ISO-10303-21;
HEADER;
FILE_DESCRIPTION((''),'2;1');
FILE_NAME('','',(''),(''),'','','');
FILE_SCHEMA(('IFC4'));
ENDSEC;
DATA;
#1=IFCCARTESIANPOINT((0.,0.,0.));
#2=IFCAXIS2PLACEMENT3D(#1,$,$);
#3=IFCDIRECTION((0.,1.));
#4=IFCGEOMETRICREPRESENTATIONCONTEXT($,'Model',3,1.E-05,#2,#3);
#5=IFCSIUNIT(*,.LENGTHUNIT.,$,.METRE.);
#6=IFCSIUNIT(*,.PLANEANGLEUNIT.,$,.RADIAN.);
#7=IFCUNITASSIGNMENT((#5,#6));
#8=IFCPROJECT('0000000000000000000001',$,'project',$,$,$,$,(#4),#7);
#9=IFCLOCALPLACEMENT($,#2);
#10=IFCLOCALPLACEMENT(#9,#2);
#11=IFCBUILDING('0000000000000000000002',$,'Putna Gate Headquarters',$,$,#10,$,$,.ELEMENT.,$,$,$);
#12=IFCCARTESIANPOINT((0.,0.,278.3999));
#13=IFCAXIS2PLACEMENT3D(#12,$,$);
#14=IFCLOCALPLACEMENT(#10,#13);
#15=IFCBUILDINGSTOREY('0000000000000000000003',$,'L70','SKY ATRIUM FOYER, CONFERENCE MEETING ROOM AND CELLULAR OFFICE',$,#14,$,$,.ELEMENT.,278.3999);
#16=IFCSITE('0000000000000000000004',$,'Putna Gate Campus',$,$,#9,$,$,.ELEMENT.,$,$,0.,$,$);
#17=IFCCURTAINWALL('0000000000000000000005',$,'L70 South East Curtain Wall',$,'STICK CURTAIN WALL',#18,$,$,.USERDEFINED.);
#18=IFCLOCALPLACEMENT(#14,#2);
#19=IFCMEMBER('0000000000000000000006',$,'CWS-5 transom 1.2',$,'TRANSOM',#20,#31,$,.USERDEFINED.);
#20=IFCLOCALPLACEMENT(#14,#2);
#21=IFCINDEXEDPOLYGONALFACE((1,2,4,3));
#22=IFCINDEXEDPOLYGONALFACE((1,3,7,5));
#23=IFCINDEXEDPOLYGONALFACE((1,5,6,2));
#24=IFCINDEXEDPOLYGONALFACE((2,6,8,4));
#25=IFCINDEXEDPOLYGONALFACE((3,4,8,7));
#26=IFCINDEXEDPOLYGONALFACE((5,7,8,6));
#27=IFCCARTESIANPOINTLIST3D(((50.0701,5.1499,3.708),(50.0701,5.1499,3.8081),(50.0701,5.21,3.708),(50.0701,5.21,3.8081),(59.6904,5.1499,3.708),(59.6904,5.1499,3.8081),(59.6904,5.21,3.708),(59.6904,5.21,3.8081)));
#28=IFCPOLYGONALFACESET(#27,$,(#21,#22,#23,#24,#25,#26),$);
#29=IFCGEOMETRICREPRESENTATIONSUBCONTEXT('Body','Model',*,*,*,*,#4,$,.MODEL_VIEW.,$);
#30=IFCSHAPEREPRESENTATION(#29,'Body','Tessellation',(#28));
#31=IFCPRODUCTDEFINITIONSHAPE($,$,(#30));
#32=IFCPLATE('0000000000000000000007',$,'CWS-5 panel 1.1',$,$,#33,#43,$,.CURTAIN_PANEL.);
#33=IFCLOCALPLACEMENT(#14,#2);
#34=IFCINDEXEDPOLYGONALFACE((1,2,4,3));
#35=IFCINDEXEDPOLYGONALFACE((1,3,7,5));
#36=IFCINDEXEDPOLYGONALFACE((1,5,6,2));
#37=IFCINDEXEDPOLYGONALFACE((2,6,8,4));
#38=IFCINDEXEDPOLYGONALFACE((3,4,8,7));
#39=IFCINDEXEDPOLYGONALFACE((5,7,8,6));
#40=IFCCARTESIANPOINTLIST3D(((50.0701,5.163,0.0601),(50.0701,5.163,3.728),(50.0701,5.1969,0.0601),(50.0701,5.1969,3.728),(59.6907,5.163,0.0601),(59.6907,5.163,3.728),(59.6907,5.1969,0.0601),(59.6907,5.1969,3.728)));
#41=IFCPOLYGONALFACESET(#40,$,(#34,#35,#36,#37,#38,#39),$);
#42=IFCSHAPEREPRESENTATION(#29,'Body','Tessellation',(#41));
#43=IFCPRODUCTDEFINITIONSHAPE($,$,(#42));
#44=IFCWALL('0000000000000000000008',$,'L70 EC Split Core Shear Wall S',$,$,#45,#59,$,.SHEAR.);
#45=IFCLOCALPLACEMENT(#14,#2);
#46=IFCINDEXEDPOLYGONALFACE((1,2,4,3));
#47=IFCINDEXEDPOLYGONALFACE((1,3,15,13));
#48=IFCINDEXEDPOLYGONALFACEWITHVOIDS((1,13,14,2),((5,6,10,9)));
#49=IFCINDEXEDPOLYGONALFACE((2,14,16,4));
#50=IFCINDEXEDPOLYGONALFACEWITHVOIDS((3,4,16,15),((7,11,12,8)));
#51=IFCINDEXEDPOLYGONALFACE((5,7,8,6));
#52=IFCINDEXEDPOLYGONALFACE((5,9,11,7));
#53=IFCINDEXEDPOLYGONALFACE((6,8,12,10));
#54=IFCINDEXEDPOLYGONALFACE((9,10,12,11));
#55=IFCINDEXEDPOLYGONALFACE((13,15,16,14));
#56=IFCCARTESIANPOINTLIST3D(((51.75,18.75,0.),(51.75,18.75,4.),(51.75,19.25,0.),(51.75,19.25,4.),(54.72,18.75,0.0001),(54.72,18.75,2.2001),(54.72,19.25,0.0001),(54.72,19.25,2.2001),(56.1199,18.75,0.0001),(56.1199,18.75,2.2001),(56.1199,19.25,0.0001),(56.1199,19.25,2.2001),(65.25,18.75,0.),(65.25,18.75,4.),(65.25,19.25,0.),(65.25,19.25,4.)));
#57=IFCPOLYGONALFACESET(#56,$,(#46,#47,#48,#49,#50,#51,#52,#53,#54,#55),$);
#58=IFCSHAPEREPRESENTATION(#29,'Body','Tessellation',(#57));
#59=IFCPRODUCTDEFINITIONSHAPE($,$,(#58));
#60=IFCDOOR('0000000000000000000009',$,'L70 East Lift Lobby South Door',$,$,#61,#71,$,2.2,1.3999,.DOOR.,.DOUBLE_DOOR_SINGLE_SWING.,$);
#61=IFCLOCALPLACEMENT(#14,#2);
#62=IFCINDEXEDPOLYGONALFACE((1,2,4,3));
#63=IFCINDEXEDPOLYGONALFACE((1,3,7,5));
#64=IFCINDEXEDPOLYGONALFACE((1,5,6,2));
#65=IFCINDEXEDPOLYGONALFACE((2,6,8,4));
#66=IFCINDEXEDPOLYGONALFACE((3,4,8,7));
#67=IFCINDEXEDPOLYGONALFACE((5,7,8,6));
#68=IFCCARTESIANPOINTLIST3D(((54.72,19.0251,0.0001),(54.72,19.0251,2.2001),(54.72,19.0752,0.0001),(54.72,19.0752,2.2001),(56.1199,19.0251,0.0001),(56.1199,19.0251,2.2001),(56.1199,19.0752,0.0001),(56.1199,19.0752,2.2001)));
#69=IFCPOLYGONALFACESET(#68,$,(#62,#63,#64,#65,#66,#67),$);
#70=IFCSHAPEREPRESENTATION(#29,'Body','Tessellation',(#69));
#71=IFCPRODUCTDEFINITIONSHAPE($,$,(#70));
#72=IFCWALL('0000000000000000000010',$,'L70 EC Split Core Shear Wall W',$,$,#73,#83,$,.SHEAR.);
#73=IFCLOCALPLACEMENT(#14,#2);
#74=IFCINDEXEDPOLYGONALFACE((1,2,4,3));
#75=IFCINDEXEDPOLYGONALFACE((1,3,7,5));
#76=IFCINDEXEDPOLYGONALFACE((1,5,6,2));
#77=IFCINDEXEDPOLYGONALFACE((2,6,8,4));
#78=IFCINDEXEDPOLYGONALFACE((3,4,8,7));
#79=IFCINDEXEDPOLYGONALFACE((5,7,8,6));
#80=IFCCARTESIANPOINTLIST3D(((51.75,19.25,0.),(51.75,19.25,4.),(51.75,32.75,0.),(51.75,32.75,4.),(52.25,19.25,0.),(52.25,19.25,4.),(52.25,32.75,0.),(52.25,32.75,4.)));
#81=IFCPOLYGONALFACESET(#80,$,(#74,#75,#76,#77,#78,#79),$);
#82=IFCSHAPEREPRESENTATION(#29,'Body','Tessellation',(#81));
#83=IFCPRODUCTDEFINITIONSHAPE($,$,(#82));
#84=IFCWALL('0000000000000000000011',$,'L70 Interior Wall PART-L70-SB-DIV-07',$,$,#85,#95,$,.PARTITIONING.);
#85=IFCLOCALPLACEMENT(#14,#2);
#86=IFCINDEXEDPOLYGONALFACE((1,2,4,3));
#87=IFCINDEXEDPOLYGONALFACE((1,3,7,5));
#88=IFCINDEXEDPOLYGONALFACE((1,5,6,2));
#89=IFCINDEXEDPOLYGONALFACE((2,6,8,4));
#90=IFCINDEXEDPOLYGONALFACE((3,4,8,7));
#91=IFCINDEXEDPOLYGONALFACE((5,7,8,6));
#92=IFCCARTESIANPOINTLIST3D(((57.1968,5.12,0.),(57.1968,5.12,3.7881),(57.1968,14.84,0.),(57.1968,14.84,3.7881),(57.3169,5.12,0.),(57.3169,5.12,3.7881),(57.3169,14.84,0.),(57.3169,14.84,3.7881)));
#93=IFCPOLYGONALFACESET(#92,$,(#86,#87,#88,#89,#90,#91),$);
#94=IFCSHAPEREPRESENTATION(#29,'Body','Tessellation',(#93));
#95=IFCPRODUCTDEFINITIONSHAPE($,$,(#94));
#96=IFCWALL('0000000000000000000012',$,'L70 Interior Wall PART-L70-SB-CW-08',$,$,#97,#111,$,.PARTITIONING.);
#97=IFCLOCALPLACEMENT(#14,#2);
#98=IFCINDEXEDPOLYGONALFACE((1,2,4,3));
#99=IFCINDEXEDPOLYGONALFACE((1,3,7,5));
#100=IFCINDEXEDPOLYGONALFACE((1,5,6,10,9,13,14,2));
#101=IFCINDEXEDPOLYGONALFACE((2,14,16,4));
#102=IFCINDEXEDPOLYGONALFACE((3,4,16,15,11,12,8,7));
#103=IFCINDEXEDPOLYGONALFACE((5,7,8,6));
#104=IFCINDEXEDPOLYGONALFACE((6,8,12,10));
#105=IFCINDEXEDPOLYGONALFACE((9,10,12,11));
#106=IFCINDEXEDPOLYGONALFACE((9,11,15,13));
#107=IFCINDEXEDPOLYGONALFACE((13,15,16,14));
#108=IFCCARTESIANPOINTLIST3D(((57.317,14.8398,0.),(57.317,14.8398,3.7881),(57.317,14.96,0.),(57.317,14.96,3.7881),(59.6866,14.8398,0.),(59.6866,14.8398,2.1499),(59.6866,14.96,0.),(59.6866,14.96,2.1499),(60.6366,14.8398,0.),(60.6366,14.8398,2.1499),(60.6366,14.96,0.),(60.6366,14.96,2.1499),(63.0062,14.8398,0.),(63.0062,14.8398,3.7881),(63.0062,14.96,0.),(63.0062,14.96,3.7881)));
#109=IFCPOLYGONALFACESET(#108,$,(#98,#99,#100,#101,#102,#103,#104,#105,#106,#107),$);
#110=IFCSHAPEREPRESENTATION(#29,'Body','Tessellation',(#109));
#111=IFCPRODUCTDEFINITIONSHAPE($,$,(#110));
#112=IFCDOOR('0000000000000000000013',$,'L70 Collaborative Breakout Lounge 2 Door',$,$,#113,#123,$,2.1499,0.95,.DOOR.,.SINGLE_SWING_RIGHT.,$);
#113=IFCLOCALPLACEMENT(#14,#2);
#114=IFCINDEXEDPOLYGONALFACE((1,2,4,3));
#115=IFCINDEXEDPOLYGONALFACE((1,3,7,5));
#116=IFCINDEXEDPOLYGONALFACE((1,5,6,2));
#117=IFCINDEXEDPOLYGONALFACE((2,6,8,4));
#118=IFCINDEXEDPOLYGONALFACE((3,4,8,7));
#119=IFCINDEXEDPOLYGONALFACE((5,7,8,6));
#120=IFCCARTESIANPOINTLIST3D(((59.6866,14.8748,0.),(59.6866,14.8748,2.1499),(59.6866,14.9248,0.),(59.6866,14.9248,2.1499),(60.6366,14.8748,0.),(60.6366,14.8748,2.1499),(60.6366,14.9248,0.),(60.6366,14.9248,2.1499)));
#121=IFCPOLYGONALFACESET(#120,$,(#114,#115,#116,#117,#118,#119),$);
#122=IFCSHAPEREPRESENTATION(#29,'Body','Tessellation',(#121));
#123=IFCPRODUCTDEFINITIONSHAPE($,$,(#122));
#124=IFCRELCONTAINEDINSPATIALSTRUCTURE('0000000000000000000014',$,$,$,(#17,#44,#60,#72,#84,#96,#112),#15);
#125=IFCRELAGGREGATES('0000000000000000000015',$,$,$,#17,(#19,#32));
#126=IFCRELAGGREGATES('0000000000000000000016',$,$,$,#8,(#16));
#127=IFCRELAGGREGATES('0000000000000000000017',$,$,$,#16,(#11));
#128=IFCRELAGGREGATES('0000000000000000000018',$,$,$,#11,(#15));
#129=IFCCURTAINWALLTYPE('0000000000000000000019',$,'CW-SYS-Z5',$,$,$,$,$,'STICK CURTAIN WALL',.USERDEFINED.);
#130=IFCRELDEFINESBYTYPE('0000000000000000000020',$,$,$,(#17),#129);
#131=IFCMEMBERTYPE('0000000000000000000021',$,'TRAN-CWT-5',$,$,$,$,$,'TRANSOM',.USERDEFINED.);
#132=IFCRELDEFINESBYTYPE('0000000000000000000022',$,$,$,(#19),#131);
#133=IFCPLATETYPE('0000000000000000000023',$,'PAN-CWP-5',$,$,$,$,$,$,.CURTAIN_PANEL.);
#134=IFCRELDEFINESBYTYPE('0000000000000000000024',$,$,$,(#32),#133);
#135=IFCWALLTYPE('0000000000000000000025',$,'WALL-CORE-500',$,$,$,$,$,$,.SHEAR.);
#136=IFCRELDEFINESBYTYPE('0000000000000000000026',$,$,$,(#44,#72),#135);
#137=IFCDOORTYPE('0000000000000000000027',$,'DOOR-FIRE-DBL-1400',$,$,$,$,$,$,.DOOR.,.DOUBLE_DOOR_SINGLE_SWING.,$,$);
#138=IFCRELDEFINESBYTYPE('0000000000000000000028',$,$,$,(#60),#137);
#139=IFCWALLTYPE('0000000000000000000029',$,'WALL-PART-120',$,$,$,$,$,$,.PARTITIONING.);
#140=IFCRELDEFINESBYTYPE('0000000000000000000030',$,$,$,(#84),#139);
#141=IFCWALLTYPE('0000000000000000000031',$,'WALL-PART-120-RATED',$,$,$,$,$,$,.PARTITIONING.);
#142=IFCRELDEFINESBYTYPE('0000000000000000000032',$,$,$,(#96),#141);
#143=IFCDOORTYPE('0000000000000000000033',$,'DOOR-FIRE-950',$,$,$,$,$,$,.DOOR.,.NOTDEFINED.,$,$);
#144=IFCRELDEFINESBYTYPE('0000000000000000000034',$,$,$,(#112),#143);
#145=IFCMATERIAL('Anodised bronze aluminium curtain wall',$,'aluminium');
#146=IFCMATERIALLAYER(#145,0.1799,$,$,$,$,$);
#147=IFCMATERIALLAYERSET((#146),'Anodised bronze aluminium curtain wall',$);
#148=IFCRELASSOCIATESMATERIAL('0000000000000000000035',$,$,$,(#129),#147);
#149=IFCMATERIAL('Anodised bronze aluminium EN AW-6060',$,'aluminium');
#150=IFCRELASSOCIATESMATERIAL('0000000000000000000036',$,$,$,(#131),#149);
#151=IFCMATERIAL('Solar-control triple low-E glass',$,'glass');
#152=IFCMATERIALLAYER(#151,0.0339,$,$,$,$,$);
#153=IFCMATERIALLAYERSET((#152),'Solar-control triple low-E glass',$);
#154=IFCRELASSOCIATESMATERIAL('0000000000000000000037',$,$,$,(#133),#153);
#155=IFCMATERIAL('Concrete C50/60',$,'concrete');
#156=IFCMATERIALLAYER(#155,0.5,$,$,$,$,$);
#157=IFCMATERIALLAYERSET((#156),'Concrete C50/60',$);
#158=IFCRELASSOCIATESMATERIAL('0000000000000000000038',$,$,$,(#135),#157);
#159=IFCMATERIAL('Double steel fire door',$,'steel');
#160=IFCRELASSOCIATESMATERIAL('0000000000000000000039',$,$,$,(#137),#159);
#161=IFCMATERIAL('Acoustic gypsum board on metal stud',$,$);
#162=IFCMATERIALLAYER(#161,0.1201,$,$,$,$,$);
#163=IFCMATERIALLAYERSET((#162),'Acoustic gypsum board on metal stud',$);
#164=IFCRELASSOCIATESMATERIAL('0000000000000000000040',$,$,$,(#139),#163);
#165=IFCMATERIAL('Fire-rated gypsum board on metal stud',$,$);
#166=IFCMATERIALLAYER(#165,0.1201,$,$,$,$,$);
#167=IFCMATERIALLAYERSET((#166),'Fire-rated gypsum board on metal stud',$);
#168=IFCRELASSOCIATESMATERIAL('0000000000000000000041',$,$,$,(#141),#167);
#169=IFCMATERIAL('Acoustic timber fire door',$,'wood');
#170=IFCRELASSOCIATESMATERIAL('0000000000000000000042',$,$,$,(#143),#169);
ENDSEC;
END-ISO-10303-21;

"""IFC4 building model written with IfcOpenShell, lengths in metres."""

from ifc_helpers import new_model, si_unit, direction, frame, frame_2d, origin, origin_2d, place, context, subcontext, project, spatial, rectangle, extrude, material, layer, layer_set, material_profile, profile_set, type_object, element, fill, aggregate, save


model = new_model("IFC4")

# Units and contexts
model_context = context("Model", 3, precision=1e-05, world=origin(), true_north=direction((0.0, 1.0)))
body_context = subcontext(model_context, "Body", "Model", "MODEL_VIEW")
ifc_project = project(units=[si_unit("LENGTHUNIT", "METRE"), si_unit("PLANEANGLEUNIT", "RADIAN")], contexts=[model_context])

# Site, building, storey
site_placement = place(None, origin())
site = spatial("IfcSite", under=ifc_project, at=site_placement, Name="Putna Gate Campus", CompositionType="ELEMENT", RefElevation=0.0)
building_placement = place(site_placement, origin())
building = spatial("IfcBuilding", under=site, at=building_placement, Name="Putna Gate Headquarters", CompositionType="ELEMENT")
storey_placement = place(building_placement, frame((0.0, 0.0, 278.3999)))
storey = spatial("IfcBuildingStorey", under=building, at=storey_placement, Name="L70", Description="SKY ATRIUM FOYER, CONFERENCE MEETING ROOM AND CELLULAR OFFICE", CompositionType="ELEMENT", Elevation=278.3999)

# Curtain wall
ifc_material_1 = material(Name="Anodised bronze aluminium curtain wall", Category="aluminium")
ifc_layer_1 = layer(ifc_material_1, 0.1799)
ifc_layer_set_1 = layer_set([ifc_layer_1], Name="Anodised bronze aluminium curtain wall")
curtain_wall_type_1 = type_object("IfcCurtainWallType", Name="CW-SYS-Z5", ElementType="STICK CURTAIN WALL", PredefinedType="USERDEFINED", material=ifc_layer_set_1)
curtain_wall_1_placement = place(storey_placement, origin())
curtain_wall_1 = element("IfcCurtainWall", 1, at=curtain_wall_1_placement, inside=storey, type_object=curtain_wall_type_1, Name="L70 South East Curtain Wall", ObjectType="STICK CURTAIN WALL", PredefinedType="USERDEFINED")
ifc_material_2 = material(Name="Anodised bronze aluminium EN AW-6060", Category="aluminium")

# Member
ifc_material_profile_1 = material_profile(ifc_material_2, rectangle(XDim=0.0601, YDim=0.1001, at=origin_2d()), Name="Anodised bronze aluminium EN AW-6060")
ifc_profile_set_1 = profile_set([ifc_material_profile_1], Name="Anodised bronze aluminium EN AW-6060")
member_type_1 = type_object("IfcMemberType", Name="TRAN-CWT-5", ElementType="TRANSOM", PredefinedType="USERDEFINED", material=ifc_profile_set_1)
member_1_placement = place(storey_placement, frame((50.0701, 5.1799, 3.7581), z_axis=(1.0, 0.0, 0.0), x_axis=(0.0, 1.0, 0.0)))
member_1 = element("IfcMember", 2, at=member_1_placement, type_object=member_type_1, Name="CWS-5 transom 1.2", ObjectType="TRANSOM", PredefinedType="USERDEFINED", context=body_context, shape_type="SweptSolid", body=[
    extrude(rectangle(XDim=0.0601, YDim=0.1001, at=origin_2d()), origin(), (0.0, 0.0, 1.0), 9.6204),
])

# Plate
ifc_material_3 = material(Name="Solar-control triple low-E glass", Category="glass")
ifc_layer_2 = layer(ifc_material_3, 0.0339)
ifc_layer_set_2 = layer_set([ifc_layer_2], Name="Solar-control triple low-E glass")
plate_type = type_object("IfcPlateType", Name="PAN-CWP-5", PredefinedType="CURTAIN_PANEL", material=ifc_layer_set_2)
plate_placement = place(storey_placement, frame((54.8804, 5.1799, 0.0601), z_axis=(0.0, 0.0, 1.0), x_axis=(1.0, 0.0, 0.0)))
plate = element("IfcPlate", 3, at=plate_placement, type_object=plate_type, Name="CWS-5 panel 1.1", PredefinedType="CURTAIN_PANEL", context=body_context, shape_type="SweptSolid", body=[
    extrude(rectangle(XDim=9.6206, YDim=0.0339, at=origin_2d()), origin(), (0.0, 0.0, 1.0), 3.668),
])
aggregate(curtain_wall_1, [member_1, plate])

# Wall, opening, door
ifc_material_4 = material(Name="Concrete C50/60", Category="concrete")
ifc_layer_3 = layer(ifc_material_4, 0.5)
ifc_layer_set_3 = layer_set([ifc_layer_3], Name="Concrete C50/60")
wall_type_1 = type_object("IfcWallType", Name="WALL-CORE-500", PredefinedType="SHEAR", material=ifc_layer_set_3)
wall_1_placement = place(storey_placement, frame((51.75, 19.0, 0.0), z_axis=(0.0, 0.0, 1.0), x_axis=(1.0, 0.0, 0.0)))
wall_1 = element("IfcWall", 4, at=wall_1_placement, inside=storey, type_object=wall_type_1, Name="L70 EC Split Core Shear Wall S", PredefinedType="SHEAR", context=body_context, shape_type="SweptSolid", body=[
    extrude(rectangle(XDim=13.5, YDim=0.5, at=frame_2d((6.75, 0.0))), origin(), (0.0, 0.0, 1.0), 4.0),
])
opening_1_placement = place(wall_1_placement, frame((2.97, 0.0, 0.0)))
opening_1 = element("IfcOpeningElement", 5, at=opening_1_placement, cuts=wall_1, PredefinedType="OPENING", context=body_context, shape_type="SweptSolid", body=[
    extrude(rectangle(XDim=1.3999, YDim=2.2, at=frame_2d((0.7, 1.1001))), frame((0.0, 0.26, 0.0), z_axis=(0.0, -1.0, 0.0), x_axis=(1.0, 0.0, 0.0)), (0.0, 0.0, 1.0), 0.52),
])
ifc_material_5 = material(Name="Double steel fire door", Category="steel")
door_type_1 = type_object("IfcDoorType", Name="DOOR-FIRE-DBL-1400", OperationType="DOUBLE_DOOR_SINGLE_SWING", PredefinedType="DOOR", material=ifc_material_5)
door_1_placement = place(opening_1_placement, origin())
door_1 = element("IfcDoor", 6, at=door_1_placement, inside=storey, type_object=door_type_1, Name="L70 East Lift Lobby South Door", OperationType="DOUBLE_DOOR_SINGLE_SWING", OverallHeight=2.2, OverallWidth=1.3999, PredefinedType="DOOR", context=body_context, shape_type="SweptSolid", body=[
    extrude(rectangle(XDim=1.3999, YDim=2.2, at=frame_2d((0.7, 1.1001))), frame((0.0, 0.0752, 0.0), z_axis=(0.0, -1.0, 0.0), x_axis=(1.0, 0.0, 0.0)), (0.0, 0.0, 1.0), 0.05),
])
fill(opening_1, door_1)

# Walls
wall_2_placement = place(storey_placement, frame((52.0, 19.25, 0.0), z_axis=(0.0, 0.0, 1.0), x_axis=(0.0, 1.0, 0.0)))
element("IfcWall", 7, at=wall_2_placement, inside=storey, type_object=wall_type_1, Name="L70 EC Split Core Shear Wall W", PredefinedType="SHEAR", context=body_context, shape_type="SweptSolid", body=[
    extrude(rectangle(XDim=13.5, YDim=0.5, at=frame_2d((6.75, 0.0))), origin(), (0.0, 0.0, 1.0), 4.0),
])
ifc_material_6 = material(Name="Acoustic gypsum board on metal stud")
ifc_layer_4 = layer(ifc_material_6, 0.1201)
ifc_layer_set_4 = layer_set([ifc_layer_4], Name="Acoustic gypsum board on metal stud")
wall_type_2 = type_object("IfcWallType", Name="WALL-PART-120", PredefinedType="PARTITIONING", material=ifc_layer_set_4)
wall_3_placement = place(storey_placement, frame((57.2568, 5.1201, 0.0), z_axis=(0.0, 0.0, 1.0), x_axis=(0.0, 1.0, 0.0)))
element("IfcWall", 8, at=wall_3_placement, inside=storey, type_object=wall_type_2, Name="L70 Interior Wall PART-L70-SB-DIV-07", PredefinedType="PARTITIONING", context=body_context, shape_type="SweptSolid", body=[
    extrude(rectangle(XDim=9.72, YDim=0.1201, at=frame_2d((4.8599, 0.0))), origin(), (0.0, 0.0, 1.0), 3.7881),
])

# Wall, opening, door
ifc_material_7 = material(Name="Fire-rated gypsum board on metal stud")
ifc_layer_5 = layer(ifc_material_7, 0.1201)
ifc_layer_set_5 = layer_set([ifc_layer_5], Name="Fire-rated gypsum board on metal stud")
wall_type_3 = type_object("IfcWallType", Name="WALL-PART-120-RATED", PredefinedType="PARTITIONING", material=ifc_layer_set_5)
wall_4_placement = place(storey_placement, frame((57.3169, 14.8999, 0.0), z_axis=(0.0, 0.0, 1.0), x_axis=(1.0, 0.0, 0.0)))
wall_4 = element("IfcWall", 9, at=wall_4_placement, inside=storey, type_object=wall_type_3, Name="L70 Interior Wall PART-L70-SB-CW-08", PredefinedType="PARTITIONING", context=body_context, shape_type="SweptSolid", body=[
    extrude(rectangle(XDim=5.6892, YDim=0.1201, at=frame_2d((2.8447, 0.0))), origin(), (0.0, 0.0, 1.0), 3.7881),
])
opening_2_placement = place(wall_4_placement, frame((2.3696, 0.0, 0.0)))
opening_2 = element("IfcOpeningElement", 10, at=opening_2_placement, cuts=wall_4, PredefinedType="OPENING", context=body_context, shape_type="SweptSolid", body=[
    extrude(rectangle(XDim=0.95, YDim=2.1499, at=frame_2d((0.4751, 1.075))), frame((0.0, 0.0701, 0.0), z_axis=(0.0, -1.0, 0.0), x_axis=(1.0, 0.0, 0.0)), (0.0, 0.0, 1.0), 0.1401),
])
ifc_material_8 = material(Name="Acoustic timber fire door", Category="wood")
door_type_2 = type_object("IfcDoorType", Name="DOOR-FIRE-950", OperationType="NOTDEFINED", PredefinedType="DOOR", material=ifc_material_8)
door_2_placement = place(opening_2_placement, origin())
door_2 = element("IfcDoor", 11, at=door_2_placement, inside=storey, type_object=door_type_2, Name="L70 Collaborative Breakout Lounge 2 Door", OperationType="SINGLE_SWING_RIGHT", OverallHeight=2.1499, OverallWidth=0.95, PredefinedType="DOOR", context=body_context, shape_type="SweptSolid", body=[
    extrude(rectangle(XDim=0.95, YDim=2.1499, at=frame_2d((0.4751, 1.075))), frame((0.0, 0.0249, 0.0), z_axis=(0.0, -1.0, 0.0), x_axis=(1.0, 0.0, 0.0)), (0.0, 0.0, 1.0), 0.05),
])
fill(opening_2, door_2)

save(model, "model.ifc")
